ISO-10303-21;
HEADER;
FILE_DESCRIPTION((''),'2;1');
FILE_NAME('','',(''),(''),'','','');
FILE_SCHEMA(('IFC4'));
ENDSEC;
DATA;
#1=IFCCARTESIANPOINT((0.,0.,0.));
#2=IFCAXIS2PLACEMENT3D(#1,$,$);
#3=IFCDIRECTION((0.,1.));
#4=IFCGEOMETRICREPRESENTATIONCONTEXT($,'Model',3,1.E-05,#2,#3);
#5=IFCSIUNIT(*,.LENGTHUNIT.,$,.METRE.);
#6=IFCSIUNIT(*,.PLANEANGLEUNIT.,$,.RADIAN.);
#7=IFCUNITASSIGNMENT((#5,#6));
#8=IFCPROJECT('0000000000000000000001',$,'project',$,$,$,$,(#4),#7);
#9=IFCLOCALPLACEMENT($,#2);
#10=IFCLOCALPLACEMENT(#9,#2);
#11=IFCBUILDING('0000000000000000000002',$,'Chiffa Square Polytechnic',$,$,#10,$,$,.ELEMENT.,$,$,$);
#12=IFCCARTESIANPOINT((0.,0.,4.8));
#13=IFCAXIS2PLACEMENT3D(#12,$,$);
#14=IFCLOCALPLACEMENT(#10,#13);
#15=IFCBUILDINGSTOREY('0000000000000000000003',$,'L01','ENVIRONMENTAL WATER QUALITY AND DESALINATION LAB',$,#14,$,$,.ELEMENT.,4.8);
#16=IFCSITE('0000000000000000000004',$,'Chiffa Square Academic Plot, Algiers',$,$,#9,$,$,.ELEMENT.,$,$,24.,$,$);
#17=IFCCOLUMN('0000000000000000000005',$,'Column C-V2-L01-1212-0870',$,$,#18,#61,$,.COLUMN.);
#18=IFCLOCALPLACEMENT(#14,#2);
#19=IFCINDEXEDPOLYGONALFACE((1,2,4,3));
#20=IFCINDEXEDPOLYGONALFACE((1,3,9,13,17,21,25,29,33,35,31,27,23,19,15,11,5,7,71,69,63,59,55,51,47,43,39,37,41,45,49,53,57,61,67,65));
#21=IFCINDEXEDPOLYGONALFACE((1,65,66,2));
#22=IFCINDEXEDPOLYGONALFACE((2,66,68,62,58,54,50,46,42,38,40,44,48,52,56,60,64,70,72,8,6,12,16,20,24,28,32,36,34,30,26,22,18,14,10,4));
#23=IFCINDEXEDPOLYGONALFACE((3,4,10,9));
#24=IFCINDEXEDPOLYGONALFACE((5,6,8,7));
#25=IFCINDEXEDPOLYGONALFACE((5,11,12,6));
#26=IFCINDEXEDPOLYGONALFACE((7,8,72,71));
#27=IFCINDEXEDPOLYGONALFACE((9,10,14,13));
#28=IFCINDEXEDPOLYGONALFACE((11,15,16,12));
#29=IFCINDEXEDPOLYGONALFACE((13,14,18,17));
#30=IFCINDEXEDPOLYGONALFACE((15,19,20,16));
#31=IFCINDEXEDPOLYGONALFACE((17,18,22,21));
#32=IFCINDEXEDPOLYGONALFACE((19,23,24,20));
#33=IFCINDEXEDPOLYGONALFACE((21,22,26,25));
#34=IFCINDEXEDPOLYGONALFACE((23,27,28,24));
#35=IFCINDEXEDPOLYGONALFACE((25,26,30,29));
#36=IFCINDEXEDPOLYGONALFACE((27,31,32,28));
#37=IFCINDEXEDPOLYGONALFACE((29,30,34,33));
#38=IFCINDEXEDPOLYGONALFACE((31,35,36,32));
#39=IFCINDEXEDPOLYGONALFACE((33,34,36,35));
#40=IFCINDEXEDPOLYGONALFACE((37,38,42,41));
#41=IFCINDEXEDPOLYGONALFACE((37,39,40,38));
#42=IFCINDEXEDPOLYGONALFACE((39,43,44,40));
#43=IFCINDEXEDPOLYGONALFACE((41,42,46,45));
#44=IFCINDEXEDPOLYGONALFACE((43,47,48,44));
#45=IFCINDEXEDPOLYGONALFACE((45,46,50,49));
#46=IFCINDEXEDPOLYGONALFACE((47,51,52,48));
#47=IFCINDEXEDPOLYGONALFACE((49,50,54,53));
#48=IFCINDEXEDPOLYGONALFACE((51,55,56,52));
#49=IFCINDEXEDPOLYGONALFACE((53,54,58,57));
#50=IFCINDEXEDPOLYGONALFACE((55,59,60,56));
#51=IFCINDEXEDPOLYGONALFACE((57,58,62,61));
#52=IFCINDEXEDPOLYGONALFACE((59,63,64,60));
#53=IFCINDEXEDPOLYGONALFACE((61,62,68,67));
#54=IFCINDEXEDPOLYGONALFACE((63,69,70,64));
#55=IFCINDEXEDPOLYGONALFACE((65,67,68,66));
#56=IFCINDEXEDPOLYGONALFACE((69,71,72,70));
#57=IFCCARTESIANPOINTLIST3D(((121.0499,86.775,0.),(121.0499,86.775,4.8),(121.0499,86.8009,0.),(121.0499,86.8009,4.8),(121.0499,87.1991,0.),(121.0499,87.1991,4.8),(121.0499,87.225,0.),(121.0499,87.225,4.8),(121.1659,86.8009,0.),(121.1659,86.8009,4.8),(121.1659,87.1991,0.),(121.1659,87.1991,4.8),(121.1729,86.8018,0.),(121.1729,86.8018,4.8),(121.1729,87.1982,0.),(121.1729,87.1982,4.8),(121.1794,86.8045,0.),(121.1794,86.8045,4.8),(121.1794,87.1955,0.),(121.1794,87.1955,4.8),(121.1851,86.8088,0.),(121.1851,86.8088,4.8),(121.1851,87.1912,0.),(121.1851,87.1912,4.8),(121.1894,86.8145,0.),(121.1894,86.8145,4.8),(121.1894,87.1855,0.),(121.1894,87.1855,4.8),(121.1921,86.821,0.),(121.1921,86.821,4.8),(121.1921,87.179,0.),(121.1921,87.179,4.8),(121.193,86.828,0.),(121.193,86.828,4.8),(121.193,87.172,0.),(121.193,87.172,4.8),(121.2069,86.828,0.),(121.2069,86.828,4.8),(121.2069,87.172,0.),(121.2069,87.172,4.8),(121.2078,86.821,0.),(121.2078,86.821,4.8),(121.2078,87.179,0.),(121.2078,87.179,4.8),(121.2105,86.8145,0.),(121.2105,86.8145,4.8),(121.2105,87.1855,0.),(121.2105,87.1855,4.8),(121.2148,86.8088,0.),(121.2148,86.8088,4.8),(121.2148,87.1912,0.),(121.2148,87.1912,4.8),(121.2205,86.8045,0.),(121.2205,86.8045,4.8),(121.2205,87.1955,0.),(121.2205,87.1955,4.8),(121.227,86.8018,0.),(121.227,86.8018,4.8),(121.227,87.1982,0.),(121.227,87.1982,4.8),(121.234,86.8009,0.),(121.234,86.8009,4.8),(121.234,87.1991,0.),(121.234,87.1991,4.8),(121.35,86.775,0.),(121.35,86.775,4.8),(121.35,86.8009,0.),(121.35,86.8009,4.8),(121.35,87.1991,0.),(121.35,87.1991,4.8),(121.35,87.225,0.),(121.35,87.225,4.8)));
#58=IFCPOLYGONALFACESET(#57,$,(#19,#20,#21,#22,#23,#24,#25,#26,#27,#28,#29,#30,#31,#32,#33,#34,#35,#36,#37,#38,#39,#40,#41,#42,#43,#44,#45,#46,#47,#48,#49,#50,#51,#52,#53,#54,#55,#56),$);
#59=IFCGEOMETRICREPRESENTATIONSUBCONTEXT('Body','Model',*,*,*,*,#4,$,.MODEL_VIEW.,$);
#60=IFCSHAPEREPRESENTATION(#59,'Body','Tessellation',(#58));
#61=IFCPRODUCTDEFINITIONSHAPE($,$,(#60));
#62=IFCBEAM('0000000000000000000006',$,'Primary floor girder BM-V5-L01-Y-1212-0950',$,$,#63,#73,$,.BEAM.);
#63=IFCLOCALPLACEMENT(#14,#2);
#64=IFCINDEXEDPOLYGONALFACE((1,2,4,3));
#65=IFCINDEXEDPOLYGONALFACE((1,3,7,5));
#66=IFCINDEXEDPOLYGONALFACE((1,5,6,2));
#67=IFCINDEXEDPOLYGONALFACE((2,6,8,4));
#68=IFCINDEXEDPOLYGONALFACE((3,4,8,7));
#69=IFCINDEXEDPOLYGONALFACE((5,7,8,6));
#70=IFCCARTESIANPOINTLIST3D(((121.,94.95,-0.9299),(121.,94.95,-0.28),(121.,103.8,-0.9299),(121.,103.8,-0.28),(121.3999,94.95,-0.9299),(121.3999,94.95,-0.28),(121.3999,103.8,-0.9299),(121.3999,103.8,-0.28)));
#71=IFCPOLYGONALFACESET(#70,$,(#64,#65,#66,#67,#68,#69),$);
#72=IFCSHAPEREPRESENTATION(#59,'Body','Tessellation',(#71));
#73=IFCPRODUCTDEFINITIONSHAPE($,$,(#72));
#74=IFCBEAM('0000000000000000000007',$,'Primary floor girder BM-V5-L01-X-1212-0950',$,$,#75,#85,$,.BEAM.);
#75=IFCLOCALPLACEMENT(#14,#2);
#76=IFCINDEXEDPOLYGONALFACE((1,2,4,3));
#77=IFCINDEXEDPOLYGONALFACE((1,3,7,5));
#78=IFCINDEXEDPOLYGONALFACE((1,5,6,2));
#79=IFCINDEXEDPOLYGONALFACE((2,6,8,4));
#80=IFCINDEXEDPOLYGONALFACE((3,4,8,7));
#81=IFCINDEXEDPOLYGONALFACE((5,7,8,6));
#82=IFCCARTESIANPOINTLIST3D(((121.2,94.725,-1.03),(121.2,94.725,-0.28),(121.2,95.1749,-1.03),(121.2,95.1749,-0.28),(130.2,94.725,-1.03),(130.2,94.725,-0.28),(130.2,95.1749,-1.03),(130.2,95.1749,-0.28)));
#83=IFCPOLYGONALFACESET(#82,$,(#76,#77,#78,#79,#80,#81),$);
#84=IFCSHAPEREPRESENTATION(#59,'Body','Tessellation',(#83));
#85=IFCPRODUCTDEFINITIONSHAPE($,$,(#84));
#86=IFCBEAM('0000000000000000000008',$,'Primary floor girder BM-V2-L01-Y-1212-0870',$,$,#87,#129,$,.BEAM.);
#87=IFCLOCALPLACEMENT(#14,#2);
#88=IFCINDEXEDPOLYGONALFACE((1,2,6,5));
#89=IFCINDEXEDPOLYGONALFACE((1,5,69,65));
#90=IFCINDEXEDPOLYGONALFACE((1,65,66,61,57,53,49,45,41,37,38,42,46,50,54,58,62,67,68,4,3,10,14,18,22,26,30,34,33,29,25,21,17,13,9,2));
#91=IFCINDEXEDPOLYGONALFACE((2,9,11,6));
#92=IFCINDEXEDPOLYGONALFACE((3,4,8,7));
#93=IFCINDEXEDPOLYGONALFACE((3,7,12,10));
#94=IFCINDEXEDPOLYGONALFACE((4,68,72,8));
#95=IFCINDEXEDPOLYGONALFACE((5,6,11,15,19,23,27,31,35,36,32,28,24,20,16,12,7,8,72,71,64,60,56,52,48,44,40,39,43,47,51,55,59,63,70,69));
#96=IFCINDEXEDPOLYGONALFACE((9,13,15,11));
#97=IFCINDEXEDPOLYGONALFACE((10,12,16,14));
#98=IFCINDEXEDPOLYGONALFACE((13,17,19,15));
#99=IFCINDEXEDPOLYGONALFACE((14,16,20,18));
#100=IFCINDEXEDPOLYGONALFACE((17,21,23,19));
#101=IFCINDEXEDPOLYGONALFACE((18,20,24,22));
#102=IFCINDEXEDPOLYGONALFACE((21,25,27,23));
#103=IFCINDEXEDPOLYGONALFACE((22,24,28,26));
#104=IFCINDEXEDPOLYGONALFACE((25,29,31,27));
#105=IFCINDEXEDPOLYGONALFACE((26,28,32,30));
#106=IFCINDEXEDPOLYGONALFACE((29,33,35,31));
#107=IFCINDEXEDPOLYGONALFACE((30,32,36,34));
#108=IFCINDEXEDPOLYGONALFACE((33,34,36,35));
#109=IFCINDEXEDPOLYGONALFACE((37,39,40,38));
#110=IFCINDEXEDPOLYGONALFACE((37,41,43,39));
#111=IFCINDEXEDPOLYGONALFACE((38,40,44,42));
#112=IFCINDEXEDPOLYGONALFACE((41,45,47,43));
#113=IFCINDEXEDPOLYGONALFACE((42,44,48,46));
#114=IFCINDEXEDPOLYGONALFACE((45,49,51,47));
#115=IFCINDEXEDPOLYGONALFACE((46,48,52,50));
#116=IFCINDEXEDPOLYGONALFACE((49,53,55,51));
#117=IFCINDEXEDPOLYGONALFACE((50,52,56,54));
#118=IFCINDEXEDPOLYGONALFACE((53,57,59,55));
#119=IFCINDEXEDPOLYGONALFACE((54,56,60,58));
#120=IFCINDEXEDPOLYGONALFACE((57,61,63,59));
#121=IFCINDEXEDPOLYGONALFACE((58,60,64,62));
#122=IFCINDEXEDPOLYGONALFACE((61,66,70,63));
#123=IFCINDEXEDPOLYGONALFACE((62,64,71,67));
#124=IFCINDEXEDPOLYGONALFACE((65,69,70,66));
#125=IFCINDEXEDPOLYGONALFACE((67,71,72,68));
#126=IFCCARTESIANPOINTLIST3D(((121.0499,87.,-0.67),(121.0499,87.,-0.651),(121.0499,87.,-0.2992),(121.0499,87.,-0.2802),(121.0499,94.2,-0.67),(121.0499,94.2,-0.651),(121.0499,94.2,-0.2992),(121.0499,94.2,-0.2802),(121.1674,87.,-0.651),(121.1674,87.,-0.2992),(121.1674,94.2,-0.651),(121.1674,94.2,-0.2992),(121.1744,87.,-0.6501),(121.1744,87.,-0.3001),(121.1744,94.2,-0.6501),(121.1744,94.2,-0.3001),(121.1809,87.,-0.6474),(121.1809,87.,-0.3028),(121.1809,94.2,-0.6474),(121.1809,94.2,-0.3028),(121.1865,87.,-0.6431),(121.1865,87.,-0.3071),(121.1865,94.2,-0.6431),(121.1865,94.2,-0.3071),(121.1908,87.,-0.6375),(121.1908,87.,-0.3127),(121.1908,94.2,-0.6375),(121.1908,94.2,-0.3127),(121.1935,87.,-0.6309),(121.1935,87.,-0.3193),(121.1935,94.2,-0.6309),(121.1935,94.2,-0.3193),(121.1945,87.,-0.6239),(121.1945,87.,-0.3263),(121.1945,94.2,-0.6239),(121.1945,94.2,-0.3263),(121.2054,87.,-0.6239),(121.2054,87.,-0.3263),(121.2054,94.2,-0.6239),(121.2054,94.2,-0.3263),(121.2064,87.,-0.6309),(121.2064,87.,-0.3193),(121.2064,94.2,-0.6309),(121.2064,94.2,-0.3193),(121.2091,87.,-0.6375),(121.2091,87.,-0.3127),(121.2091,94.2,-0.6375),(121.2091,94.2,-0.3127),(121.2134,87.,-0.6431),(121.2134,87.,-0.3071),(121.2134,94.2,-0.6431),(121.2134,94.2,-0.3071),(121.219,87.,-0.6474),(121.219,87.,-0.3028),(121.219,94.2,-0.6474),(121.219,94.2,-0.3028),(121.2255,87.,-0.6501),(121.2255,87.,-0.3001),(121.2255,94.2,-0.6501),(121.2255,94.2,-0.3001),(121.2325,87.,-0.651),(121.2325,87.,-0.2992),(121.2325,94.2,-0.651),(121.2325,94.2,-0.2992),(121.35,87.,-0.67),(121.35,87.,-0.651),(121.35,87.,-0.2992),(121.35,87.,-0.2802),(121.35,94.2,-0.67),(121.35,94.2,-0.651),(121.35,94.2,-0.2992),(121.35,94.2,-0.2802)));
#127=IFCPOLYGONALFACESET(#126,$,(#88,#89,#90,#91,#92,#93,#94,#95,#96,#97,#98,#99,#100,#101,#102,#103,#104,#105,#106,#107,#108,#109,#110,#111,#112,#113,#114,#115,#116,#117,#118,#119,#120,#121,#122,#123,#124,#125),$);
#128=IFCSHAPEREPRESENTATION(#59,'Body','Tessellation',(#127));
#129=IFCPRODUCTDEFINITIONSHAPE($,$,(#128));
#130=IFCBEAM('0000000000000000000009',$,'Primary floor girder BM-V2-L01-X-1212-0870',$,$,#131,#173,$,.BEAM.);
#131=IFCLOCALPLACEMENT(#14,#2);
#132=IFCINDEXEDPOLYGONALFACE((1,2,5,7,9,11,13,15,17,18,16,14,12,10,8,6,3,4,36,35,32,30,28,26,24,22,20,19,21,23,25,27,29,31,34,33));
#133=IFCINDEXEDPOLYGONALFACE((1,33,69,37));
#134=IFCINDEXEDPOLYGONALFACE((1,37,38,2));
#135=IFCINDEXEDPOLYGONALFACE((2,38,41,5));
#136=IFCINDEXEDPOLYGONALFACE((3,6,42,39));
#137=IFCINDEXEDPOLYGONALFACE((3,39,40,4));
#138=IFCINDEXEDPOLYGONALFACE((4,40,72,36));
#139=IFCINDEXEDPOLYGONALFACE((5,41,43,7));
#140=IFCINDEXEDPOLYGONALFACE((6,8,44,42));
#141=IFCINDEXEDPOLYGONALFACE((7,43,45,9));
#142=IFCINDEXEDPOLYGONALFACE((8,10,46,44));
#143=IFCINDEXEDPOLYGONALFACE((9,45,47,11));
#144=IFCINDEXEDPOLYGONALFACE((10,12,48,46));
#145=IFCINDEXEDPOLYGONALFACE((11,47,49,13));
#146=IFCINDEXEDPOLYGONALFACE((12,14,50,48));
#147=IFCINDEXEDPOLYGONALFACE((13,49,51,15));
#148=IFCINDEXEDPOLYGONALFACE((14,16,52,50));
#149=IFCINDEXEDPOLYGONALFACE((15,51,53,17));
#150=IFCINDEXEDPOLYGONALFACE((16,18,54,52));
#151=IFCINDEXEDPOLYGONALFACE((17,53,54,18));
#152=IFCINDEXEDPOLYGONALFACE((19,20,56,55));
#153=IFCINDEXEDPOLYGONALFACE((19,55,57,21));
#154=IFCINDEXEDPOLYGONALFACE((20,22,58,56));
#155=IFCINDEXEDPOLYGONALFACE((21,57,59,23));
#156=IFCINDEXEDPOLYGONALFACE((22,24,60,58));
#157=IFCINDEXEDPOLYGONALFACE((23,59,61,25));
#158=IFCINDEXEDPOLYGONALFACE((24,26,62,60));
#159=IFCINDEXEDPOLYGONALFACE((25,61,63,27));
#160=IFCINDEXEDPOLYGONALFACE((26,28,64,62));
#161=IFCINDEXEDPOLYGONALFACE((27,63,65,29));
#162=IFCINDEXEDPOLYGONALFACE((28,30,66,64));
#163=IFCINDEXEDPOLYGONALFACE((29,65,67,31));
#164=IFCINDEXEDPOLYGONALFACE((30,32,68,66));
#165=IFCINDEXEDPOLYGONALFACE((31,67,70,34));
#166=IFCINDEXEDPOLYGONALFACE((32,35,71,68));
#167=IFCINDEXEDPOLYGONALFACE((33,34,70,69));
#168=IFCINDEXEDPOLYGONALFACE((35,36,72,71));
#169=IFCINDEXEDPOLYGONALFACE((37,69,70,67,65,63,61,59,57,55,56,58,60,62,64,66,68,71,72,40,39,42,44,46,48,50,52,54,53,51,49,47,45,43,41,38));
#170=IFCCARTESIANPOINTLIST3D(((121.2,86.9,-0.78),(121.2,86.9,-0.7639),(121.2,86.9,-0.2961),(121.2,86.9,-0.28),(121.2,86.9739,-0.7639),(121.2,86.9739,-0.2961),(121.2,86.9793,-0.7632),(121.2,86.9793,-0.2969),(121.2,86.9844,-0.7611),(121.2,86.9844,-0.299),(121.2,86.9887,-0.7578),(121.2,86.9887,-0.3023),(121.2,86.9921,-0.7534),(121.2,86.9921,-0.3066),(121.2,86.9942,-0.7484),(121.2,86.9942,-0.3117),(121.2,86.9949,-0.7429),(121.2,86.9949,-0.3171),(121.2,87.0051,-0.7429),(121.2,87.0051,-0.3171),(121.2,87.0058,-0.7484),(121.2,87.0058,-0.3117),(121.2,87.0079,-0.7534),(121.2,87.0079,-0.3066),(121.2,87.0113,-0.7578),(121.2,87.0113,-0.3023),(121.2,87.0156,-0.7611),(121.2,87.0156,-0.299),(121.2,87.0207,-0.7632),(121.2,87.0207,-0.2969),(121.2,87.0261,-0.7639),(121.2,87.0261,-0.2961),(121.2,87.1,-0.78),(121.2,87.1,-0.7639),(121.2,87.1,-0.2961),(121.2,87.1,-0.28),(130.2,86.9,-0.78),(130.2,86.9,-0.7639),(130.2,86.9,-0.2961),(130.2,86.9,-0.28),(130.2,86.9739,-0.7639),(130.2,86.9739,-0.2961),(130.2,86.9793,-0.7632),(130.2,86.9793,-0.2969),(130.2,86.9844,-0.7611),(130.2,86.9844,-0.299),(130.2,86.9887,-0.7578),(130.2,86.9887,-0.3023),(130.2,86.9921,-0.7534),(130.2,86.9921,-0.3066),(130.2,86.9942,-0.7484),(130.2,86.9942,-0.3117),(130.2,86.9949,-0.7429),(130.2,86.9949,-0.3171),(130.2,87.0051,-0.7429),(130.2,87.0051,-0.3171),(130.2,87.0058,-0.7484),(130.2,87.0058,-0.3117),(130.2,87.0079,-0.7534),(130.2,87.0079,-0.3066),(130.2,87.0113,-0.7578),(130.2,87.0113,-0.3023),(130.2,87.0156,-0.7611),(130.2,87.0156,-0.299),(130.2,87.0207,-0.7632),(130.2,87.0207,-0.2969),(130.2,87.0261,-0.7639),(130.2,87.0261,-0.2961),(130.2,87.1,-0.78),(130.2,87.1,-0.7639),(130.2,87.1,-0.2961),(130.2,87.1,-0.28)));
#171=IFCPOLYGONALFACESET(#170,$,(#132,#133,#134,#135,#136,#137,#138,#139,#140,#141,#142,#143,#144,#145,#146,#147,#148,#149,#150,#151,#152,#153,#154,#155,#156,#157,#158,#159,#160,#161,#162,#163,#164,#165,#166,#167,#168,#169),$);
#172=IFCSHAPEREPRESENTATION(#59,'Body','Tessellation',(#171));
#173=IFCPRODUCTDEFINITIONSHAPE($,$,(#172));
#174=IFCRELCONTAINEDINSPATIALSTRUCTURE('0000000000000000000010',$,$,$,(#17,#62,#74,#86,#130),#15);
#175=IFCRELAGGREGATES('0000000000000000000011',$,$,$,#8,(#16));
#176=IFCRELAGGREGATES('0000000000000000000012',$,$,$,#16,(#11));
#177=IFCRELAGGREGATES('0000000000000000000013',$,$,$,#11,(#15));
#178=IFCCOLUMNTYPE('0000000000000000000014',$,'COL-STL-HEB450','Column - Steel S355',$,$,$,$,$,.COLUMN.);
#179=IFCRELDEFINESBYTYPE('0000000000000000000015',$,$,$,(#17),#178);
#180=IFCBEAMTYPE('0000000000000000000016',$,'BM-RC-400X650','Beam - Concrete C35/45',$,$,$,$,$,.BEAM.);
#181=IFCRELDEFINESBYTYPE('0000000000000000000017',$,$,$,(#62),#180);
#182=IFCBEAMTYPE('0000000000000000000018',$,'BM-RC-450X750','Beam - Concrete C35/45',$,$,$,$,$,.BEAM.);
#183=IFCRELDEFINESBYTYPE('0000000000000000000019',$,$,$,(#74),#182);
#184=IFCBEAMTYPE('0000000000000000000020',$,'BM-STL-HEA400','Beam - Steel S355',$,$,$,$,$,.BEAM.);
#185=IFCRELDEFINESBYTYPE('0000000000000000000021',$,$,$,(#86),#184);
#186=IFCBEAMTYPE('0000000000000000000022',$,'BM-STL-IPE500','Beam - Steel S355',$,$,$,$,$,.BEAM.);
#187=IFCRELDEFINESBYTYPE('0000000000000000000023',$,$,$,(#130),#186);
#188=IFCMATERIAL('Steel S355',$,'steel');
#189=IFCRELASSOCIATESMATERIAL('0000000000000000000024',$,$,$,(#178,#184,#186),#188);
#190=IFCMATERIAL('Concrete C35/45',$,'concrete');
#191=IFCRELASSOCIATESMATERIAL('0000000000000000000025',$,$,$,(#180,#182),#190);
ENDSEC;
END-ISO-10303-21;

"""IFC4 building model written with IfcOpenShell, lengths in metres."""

from ifc_helpers import new_model, si_unit, direction, frame, origin, origin_2d, place, context, subcontext, project, spatial, rectangle, i_section, extrude, material, material_profile, profile_set, type_object, element, save


model = new_model("IFC4")

# Units and contexts
model_context = context("Model", 3, precision=1e-05, world=origin(), true_north=direction((0.0, 1.0)))
body_context = subcontext(model_context, "Body", "Model", "MODEL_VIEW")
ifc_project = project(units=[si_unit("LENGTHUNIT", "METRE"), si_unit("PLANEANGLEUNIT", "RADIAN")], contexts=[model_context])

# Site, building, storey
site_placement = place(None, origin())
site = spatial("IfcSite", under=ifc_project, at=site_placement, Name="Chiffa Square Academic Plot, Algiers", CompositionType="ELEMENT", RefElevation=24.0)
building_placement = place(site_placement, origin())
building = spatial("IfcBuilding", under=site, at=building_placement, Name="Chiffa Square Polytechnic", CompositionType="ELEMENT")
storey_placement = place(building_placement, frame((0.0, 0.0, 4.8)))
storey = spatial("IfcBuildingStorey", under=building, at=storey_placement, Name="L01", Description="ENVIRONMENTAL WATER QUALITY AND DESALINATION LAB", CompositionType="ELEMENT", Elevation=4.8)

# Column
ifc_material_1 = material(Name="Steel S355", Category="steel")
ifc_material_profile_1 = material_profile(ifc_material_1, i_section(OverallWidth=0.3, OverallDepth=0.45, WebThickness=0.0139, FlangeThickness=0.0259, FilletRadius=0.0271, at=origin_2d()), Name="HEB 450")
ifc_profile_set_1 = profile_set([ifc_material_profile_1], Name="Steel S355")
column_type_1 = type_object("IfcColumnType", Name="COL-STL-HEB450", Description="Column - Steel S355", PredefinedType="COLUMN", material=ifc_profile_set_1)
column_1_placement = place(storey_placement, frame((121.2, 87.0, 0.0), z_axis=(0.0, 0.0, 1.0), x_axis=(1.0, 0.0, 0.0)))
element("IfcColumn", 1, at=column_1_placement, inside=storey, type_object=column_type_1, Name="Column C-V2-L01-1212-0870", PredefinedType="COLUMN", context=body_context, shape_type="SweptSolid", body=[
    extrude(i_section(OverallWidth=0.3, OverallDepth=0.45, WebThickness=0.0139, FlangeThickness=0.0259, FilletRadius=0.0271, at=origin_2d()), origin(), (0.0, 0.0, 1.0), 4.8),
])

# Beams
ifc_material_2 = material(Name="Concrete C35/45", Category="concrete")
ifc_material_profile_2 = material_profile(ifc_material_2, rectangle(XDim=0.3999, YDim=0.6499, at=origin_2d()), Name="RC 400x650")
ifc_profile_set_2 = profile_set([ifc_material_profile_2], Name="Concrete C35/45")
beam_type_1 = type_object("IfcBeamType", Name="BM-RC-400X650", Description="Beam - Concrete C35/45", PredefinedType="BEAM", material=ifc_profile_set_2)
beam_1_placement = place(storey_placement, frame((121.2, 94.95, -0.605), z_axis=(0.0, 1.0, 0.0), x_axis=(-1.0, 0.0, 0.0)))
element("IfcBeam", 2, at=beam_1_placement, inside=storey, type_object=beam_type_1, Name="Primary floor girder BM-V5-L01-Y-1212-0950", PredefinedType="BEAM", context=body_context, shape_type="SweptSolid", body=[
    extrude(rectangle(XDim=0.3999, YDim=0.6499, at=origin_2d()), origin(), (0.0, 0.0, 1.0), 8.8501),
])
ifc_material_profile_3 = material_profile(ifc_material_2, rectangle(XDim=0.45, YDim=0.75, at=origin_2d()), Name="RC 450x750")
ifc_profile_set_3 = profile_set([ifc_material_profile_3], Name="Concrete C35/45")
beam_type_2 = type_object("IfcBeamType", Name="BM-RC-450X750", Description="Beam - Concrete C35/45", PredefinedType="BEAM", material=ifc_profile_set_3)
beam_2_placement = place(storey_placement, frame((121.2, 94.95, -0.655), z_axis=(1.0, 0.0, 0.0), x_axis=(0.0, 1.0, 0.0)))
element("IfcBeam", 3, at=beam_2_placement, inside=storey, type_object=beam_type_2, Name="Primary floor girder BM-V5-L01-X-1212-0950", PredefinedType="BEAM", context=body_context, shape_type="SweptSolid", body=[
    extrude(rectangle(XDim=0.45, YDim=0.75, at=origin_2d()), origin(), (0.0, 0.0, 1.0), 9.0),
])
ifc_material_profile_4 = material_profile(ifc_material_1, i_section(OverallWidth=0.3, OverallDepth=0.3899, WebThickness=0.011, FlangeThickness=0.019, FilletRadius=0.0271, at=origin_2d()), Name="HEA 400")
ifc_profile_set_4 = profile_set([ifc_material_profile_4], Name="Steel S355")
beam_type_3 = type_object("IfcBeamType", Name="BM-STL-HEA400", Description="Beam - Steel S355", PredefinedType="BEAM", material=ifc_profile_set_4)
beam_3_placement = place(storey_placement, frame((121.2, 87.0, -0.4751), z_axis=(0.0, 1.0, 0.0), x_axis=(-1.0, 0.0, 0.0)))
element("IfcBeam", 4, at=beam_3_placement, inside=storey, type_object=beam_type_3, Name="Primary floor girder BM-V2-L01-Y-1212-0870", PredefinedType="BEAM", context=body_context, shape_type="SweptSolid", body=[
    extrude(i_section(OverallWidth=0.3, OverallDepth=0.3899, WebThickness=0.011, FlangeThickness=0.019, FilletRadius=0.0271, at=origin_2d()), origin(), (0.0, 0.0, 1.0), 7.2),
])
ifc_material_profile_5 = material_profile(ifc_material_1, i_section(OverallWidth=0.2, OverallDepth=0.5, WebThickness=0.0103, FlangeThickness=0.0161, FilletRadius=0.021, at=origin_2d()), Name="IPE 500")
ifc_profile_set_5 = profile_set([ifc_material_profile_5], Name="Steel S355")
beam_type_4 = type_object("IfcBeamType", Name="BM-STL-IPE500", Description="Beam - Steel S355", PredefinedType="BEAM", material=ifc_profile_set_5)
for number, where, z_axis, x_axis, name in (
    (5, (121.2, 87.0, -0.53), (1.0, 0.0, 0.0), (0.0, 1.0, 0.0), "Primary floor girder BM-V2-L01-X-1212-0870"),
):
    element("IfcBeam", number, at=place(storey_placement, frame(where, z_axis=z_axis, x_axis=x_axis)), inside=storey, type_object=beam_type_4, Name=name, PredefinedType="BEAM", context=body_context, shape_type="SweptSolid", body=[
        extrude(i_section(OverallWidth=0.2, OverallDepth=0.5, WebThickness=0.0103, FlangeThickness=0.0161, FilletRadius=0.021, at=origin_2d()), origin(), (0.0, 0.0, 1.0), 9.0),
    ])

save(model, "model.ifc")
